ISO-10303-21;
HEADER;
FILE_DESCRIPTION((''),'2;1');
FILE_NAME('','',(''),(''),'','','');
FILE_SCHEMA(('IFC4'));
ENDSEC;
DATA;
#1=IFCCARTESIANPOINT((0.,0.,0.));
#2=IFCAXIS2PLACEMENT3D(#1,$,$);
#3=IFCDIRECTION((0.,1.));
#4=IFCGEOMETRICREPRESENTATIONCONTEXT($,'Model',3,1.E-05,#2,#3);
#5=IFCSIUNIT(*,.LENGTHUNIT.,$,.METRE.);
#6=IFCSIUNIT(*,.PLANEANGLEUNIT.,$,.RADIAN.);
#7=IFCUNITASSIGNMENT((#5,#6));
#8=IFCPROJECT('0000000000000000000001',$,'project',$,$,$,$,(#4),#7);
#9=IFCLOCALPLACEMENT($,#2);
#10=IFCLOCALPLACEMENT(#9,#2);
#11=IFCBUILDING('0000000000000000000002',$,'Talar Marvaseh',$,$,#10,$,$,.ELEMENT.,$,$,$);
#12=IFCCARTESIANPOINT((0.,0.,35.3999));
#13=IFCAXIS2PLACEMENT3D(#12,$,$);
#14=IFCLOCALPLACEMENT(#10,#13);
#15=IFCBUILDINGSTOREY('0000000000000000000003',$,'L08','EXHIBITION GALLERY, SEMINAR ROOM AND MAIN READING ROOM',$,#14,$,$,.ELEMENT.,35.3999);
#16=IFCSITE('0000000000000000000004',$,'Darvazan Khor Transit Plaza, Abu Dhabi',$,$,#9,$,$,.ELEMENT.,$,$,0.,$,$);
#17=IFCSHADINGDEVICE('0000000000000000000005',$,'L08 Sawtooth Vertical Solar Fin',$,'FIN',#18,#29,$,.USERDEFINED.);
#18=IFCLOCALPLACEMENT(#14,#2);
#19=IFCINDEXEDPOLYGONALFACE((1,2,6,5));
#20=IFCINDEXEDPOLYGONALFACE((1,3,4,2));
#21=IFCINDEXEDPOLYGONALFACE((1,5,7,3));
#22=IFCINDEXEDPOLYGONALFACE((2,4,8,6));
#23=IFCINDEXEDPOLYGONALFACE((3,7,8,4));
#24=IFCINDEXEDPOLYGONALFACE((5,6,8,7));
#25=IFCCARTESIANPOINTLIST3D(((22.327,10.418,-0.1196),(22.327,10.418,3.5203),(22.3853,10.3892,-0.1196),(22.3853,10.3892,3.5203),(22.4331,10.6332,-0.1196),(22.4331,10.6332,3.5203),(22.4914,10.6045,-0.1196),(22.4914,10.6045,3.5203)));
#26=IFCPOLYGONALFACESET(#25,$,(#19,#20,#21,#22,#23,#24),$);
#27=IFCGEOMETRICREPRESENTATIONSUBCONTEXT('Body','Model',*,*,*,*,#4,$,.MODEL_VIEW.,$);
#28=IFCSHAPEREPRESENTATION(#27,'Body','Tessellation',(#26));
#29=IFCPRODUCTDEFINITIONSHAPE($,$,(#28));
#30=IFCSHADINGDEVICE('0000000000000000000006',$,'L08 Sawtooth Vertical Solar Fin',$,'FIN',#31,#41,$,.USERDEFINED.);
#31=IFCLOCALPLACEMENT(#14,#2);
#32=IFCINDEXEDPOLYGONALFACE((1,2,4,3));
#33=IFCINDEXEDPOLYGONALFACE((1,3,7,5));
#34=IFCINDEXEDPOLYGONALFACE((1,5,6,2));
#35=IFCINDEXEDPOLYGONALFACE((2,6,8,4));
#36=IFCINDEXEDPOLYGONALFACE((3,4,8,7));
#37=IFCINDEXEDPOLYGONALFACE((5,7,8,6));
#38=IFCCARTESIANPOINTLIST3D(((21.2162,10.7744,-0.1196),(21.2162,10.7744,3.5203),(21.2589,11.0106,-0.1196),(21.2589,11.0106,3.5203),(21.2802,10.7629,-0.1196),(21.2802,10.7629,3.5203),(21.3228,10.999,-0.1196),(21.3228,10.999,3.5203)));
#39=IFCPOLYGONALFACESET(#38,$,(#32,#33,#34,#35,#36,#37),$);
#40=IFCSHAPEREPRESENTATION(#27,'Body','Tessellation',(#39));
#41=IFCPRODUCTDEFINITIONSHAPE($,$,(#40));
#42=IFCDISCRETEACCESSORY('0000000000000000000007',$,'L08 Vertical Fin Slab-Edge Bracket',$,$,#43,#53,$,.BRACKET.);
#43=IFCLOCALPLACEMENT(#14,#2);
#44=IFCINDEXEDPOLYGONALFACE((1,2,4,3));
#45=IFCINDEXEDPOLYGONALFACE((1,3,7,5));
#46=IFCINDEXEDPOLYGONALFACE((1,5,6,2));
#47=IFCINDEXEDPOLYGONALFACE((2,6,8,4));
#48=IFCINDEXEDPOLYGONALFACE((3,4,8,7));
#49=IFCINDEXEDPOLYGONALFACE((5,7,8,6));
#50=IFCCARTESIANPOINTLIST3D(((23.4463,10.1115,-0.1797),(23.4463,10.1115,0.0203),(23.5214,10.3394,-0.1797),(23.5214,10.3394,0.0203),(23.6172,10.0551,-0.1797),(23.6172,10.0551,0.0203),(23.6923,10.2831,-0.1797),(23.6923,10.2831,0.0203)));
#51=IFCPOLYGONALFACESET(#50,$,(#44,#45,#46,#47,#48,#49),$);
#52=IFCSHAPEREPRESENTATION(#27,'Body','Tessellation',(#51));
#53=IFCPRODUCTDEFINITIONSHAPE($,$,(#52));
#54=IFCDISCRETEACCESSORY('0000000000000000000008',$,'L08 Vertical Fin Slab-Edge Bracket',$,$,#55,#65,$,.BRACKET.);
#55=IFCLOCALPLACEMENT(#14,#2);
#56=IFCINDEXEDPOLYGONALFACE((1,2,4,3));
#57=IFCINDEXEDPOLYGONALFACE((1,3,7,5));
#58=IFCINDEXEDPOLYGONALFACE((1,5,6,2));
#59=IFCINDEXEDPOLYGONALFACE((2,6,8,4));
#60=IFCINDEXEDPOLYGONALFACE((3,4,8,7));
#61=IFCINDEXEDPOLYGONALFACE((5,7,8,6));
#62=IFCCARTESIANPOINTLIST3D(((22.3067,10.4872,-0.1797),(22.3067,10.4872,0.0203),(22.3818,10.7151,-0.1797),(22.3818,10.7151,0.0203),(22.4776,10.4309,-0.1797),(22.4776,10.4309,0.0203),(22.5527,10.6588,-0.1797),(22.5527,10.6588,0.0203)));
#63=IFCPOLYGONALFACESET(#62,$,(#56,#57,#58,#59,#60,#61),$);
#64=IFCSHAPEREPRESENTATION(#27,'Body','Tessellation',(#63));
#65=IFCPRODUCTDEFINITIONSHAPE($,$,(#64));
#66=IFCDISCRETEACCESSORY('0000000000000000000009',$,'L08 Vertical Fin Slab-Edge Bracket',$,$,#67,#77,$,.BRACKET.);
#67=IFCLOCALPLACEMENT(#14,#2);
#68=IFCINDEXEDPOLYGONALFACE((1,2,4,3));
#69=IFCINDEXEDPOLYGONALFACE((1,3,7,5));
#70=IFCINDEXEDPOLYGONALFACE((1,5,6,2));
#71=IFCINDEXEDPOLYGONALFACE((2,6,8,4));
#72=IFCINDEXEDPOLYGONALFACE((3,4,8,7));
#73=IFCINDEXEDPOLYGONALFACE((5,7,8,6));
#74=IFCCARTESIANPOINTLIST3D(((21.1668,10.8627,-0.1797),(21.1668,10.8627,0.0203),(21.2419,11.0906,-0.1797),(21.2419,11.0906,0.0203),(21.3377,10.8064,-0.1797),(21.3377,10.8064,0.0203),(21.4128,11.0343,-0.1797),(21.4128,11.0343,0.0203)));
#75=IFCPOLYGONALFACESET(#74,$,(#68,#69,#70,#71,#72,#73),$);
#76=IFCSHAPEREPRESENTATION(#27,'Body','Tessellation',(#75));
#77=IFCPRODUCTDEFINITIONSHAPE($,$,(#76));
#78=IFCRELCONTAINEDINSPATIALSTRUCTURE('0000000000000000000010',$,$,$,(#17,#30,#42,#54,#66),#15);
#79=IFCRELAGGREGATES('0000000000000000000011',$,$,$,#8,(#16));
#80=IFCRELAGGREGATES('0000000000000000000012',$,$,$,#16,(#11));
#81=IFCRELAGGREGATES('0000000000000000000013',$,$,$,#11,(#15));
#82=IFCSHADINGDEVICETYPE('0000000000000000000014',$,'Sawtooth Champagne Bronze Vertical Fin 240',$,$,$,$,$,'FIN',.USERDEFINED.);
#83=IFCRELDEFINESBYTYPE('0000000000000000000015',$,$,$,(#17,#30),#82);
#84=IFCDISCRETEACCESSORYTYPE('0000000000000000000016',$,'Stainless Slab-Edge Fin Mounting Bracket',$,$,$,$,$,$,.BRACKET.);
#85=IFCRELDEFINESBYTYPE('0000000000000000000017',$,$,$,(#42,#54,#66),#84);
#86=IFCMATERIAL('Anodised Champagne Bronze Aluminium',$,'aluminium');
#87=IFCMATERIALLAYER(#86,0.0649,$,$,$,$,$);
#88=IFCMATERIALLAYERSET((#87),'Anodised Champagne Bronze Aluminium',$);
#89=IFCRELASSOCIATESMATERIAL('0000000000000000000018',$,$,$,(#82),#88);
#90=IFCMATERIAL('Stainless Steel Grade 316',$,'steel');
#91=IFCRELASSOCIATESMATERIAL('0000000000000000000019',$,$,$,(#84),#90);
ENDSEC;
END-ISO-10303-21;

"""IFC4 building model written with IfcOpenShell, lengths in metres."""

from ifc_helpers import new_model, si_unit, direction, frame, origin, origin_2d, place, context, subcontext, project, spatial, rectangle, extrude, source, transform, mapped, material, layer, layer_set, type_object, type_shapes, element, save


model = new_model("IFC4")

# Units and contexts
model_context = context("Model", 3, precision=1e-05, world=origin(), true_north=direction((0.0, 1.0)))
body_context = subcontext(model_context, "Body", "Model", "MODEL_VIEW")
ifc_project = project(units=[si_unit("LENGTHUNIT", "METRE"), si_unit("PLANEANGLEUNIT", "RADIAN")], contexts=[model_context])

# Site, building, storey
site_placement = place(None, origin())
site = spatial("IfcSite", under=ifc_project, at=site_placement, Name="Darvazan Khor Transit Plaza, Abu Dhabi", CompositionType="ELEMENT", RefElevation=0.0)
building_placement = place(site_placement, origin())
building = spatial("IfcBuilding", under=site, at=building_placement, Name="Talar Marvaseh", CompositionType="ELEMENT")
storey_placement = place(building_placement, frame((0.0, 0.0, 35.3999)))
storey = spatial("IfcBuildingStorey", under=building, at=storey_placement, Name="L08", Description="EXHIBITION GALLERY, SEMINAR ROOM AND MAIN READING ROOM", CompositionType="ELEMENT", Elevation=35.3999)

# Shading devices
ifc_material_1 = material(Name="Anodised Champagne Bronze Aluminium", Category="aluminium")
ifc_layer_1 = layer(ifc_material_1, 0.0649)
ifc_layer_set_1 = layer_set([ifc_layer_1], Name="Anodised Champagne Bronze Aluminium")
shading_device_type = type_object("IfcShadingDeviceType", Name="Sawtooth Champagne Bronze Vertical Fin 240", ElementType="FIN", PredefinedType="USERDEFINED", material=ifc_layer_set_1)
shared_shape_1 = source(origin(), body_context, "Body", "SweptSolid", [
    extrude(rectangle(XDim=0.24, YDim=0.0649, at=origin_2d()), origin(), (0.0, 0.0, 1.0), 3.6399),
])
type_shapes(shading_device_type, [shared_shape_1])
for number, where, z_axis, x_axis, name in (
    (1, (22.4092, 10.5112, -0.1196), (0.0, 0.0, 1.0), (-0.442132, -0.89695, 0.0), "L08 Sawtooth Vertical Solar Fin"),
    (2, (21.2695, 10.8867, -0.1196), (0.0, 0.0, 1.0), (-0.177772, -0.984072, 0.0), "L08 Sawtooth Vertical Solar Fin"),
):
    element("IfcShadingDevice", number, at=place(storey_placement, frame(where, z_axis=z_axis, x_axis=x_axis)), inside=storey, type_object=shading_device_type, Name=name, ObjectType="FIN", PredefinedType="USERDEFINED", context=body_context, shape_type="MappedRepresentation", body=[
        mapped(shared_shape_1, transform((0.0, 0.0, 0.0), x_axis=(1.0, 0.0, 0.0), y_axis=(0.0, 1.0, 0.0), z_axis=(0.0, 0.0, 1.0), scale=1.0)),
    ])

# Discrete accessories
ifc_material_2 = material(Name="Stainless Steel Grade 316", Category="steel")
discrete_accessory_type = type_object("IfcDiscreteAccessoryType", Name="Stainless Slab-Edge Fin Mounting Bracket", PredefinedType="BRACKET", material=ifc_material_2)
shared_shape_2 = source(origin(), body_context, "Body", "SweptSolid", [
    extrude(rectangle(XDim=0.24, YDim=0.1799, at=origin_2d()), origin(), (0.0, 0.0, 1.0), 0.2),
])
type_shapes(discrete_accessory_type, [shared_shape_2])
for number, where, z_axis, x_axis, name in (
    (3, (23.5693, 10.1973, -0.1797), (0.0, 0.0, 1.0), (-0.312998, -0.949754, 0.0), "L08 Vertical Fin Slab-Edge Bracket"),
    (4, (22.4297, 10.573, -0.1797), (0.0, 0.0, 1.0), (-0.312998, -0.949754, 0.0), "L08 Vertical Fin Slab-Edge Bracket"),
    (5, (21.2898, 10.9485, -0.1797), (0.0, 0.0, 1.0), (-0.312998, -0.949754, 0.0), "L08 Vertical Fin Slab-Edge Bracket"),
):
    element("IfcDiscreteAccessory", number, at=place(storey_placement, frame(where, z_axis=z_axis, x_axis=x_axis)), inside=storey, type_object=discrete_accessory_type, Name=name, PredefinedType="BRACKET", context=body_context, shape_type="MappedRepresentation", body=[
        mapped(shared_shape_2, transform((0.0, 0.0, 0.0), x_axis=(1.0, 0.0, 0.0), y_axis=(0.0, 1.0, 0.0), z_axis=(0.0, 0.0, 1.0), scale=1.0)),
    ])

save(model, "model.ifc")
